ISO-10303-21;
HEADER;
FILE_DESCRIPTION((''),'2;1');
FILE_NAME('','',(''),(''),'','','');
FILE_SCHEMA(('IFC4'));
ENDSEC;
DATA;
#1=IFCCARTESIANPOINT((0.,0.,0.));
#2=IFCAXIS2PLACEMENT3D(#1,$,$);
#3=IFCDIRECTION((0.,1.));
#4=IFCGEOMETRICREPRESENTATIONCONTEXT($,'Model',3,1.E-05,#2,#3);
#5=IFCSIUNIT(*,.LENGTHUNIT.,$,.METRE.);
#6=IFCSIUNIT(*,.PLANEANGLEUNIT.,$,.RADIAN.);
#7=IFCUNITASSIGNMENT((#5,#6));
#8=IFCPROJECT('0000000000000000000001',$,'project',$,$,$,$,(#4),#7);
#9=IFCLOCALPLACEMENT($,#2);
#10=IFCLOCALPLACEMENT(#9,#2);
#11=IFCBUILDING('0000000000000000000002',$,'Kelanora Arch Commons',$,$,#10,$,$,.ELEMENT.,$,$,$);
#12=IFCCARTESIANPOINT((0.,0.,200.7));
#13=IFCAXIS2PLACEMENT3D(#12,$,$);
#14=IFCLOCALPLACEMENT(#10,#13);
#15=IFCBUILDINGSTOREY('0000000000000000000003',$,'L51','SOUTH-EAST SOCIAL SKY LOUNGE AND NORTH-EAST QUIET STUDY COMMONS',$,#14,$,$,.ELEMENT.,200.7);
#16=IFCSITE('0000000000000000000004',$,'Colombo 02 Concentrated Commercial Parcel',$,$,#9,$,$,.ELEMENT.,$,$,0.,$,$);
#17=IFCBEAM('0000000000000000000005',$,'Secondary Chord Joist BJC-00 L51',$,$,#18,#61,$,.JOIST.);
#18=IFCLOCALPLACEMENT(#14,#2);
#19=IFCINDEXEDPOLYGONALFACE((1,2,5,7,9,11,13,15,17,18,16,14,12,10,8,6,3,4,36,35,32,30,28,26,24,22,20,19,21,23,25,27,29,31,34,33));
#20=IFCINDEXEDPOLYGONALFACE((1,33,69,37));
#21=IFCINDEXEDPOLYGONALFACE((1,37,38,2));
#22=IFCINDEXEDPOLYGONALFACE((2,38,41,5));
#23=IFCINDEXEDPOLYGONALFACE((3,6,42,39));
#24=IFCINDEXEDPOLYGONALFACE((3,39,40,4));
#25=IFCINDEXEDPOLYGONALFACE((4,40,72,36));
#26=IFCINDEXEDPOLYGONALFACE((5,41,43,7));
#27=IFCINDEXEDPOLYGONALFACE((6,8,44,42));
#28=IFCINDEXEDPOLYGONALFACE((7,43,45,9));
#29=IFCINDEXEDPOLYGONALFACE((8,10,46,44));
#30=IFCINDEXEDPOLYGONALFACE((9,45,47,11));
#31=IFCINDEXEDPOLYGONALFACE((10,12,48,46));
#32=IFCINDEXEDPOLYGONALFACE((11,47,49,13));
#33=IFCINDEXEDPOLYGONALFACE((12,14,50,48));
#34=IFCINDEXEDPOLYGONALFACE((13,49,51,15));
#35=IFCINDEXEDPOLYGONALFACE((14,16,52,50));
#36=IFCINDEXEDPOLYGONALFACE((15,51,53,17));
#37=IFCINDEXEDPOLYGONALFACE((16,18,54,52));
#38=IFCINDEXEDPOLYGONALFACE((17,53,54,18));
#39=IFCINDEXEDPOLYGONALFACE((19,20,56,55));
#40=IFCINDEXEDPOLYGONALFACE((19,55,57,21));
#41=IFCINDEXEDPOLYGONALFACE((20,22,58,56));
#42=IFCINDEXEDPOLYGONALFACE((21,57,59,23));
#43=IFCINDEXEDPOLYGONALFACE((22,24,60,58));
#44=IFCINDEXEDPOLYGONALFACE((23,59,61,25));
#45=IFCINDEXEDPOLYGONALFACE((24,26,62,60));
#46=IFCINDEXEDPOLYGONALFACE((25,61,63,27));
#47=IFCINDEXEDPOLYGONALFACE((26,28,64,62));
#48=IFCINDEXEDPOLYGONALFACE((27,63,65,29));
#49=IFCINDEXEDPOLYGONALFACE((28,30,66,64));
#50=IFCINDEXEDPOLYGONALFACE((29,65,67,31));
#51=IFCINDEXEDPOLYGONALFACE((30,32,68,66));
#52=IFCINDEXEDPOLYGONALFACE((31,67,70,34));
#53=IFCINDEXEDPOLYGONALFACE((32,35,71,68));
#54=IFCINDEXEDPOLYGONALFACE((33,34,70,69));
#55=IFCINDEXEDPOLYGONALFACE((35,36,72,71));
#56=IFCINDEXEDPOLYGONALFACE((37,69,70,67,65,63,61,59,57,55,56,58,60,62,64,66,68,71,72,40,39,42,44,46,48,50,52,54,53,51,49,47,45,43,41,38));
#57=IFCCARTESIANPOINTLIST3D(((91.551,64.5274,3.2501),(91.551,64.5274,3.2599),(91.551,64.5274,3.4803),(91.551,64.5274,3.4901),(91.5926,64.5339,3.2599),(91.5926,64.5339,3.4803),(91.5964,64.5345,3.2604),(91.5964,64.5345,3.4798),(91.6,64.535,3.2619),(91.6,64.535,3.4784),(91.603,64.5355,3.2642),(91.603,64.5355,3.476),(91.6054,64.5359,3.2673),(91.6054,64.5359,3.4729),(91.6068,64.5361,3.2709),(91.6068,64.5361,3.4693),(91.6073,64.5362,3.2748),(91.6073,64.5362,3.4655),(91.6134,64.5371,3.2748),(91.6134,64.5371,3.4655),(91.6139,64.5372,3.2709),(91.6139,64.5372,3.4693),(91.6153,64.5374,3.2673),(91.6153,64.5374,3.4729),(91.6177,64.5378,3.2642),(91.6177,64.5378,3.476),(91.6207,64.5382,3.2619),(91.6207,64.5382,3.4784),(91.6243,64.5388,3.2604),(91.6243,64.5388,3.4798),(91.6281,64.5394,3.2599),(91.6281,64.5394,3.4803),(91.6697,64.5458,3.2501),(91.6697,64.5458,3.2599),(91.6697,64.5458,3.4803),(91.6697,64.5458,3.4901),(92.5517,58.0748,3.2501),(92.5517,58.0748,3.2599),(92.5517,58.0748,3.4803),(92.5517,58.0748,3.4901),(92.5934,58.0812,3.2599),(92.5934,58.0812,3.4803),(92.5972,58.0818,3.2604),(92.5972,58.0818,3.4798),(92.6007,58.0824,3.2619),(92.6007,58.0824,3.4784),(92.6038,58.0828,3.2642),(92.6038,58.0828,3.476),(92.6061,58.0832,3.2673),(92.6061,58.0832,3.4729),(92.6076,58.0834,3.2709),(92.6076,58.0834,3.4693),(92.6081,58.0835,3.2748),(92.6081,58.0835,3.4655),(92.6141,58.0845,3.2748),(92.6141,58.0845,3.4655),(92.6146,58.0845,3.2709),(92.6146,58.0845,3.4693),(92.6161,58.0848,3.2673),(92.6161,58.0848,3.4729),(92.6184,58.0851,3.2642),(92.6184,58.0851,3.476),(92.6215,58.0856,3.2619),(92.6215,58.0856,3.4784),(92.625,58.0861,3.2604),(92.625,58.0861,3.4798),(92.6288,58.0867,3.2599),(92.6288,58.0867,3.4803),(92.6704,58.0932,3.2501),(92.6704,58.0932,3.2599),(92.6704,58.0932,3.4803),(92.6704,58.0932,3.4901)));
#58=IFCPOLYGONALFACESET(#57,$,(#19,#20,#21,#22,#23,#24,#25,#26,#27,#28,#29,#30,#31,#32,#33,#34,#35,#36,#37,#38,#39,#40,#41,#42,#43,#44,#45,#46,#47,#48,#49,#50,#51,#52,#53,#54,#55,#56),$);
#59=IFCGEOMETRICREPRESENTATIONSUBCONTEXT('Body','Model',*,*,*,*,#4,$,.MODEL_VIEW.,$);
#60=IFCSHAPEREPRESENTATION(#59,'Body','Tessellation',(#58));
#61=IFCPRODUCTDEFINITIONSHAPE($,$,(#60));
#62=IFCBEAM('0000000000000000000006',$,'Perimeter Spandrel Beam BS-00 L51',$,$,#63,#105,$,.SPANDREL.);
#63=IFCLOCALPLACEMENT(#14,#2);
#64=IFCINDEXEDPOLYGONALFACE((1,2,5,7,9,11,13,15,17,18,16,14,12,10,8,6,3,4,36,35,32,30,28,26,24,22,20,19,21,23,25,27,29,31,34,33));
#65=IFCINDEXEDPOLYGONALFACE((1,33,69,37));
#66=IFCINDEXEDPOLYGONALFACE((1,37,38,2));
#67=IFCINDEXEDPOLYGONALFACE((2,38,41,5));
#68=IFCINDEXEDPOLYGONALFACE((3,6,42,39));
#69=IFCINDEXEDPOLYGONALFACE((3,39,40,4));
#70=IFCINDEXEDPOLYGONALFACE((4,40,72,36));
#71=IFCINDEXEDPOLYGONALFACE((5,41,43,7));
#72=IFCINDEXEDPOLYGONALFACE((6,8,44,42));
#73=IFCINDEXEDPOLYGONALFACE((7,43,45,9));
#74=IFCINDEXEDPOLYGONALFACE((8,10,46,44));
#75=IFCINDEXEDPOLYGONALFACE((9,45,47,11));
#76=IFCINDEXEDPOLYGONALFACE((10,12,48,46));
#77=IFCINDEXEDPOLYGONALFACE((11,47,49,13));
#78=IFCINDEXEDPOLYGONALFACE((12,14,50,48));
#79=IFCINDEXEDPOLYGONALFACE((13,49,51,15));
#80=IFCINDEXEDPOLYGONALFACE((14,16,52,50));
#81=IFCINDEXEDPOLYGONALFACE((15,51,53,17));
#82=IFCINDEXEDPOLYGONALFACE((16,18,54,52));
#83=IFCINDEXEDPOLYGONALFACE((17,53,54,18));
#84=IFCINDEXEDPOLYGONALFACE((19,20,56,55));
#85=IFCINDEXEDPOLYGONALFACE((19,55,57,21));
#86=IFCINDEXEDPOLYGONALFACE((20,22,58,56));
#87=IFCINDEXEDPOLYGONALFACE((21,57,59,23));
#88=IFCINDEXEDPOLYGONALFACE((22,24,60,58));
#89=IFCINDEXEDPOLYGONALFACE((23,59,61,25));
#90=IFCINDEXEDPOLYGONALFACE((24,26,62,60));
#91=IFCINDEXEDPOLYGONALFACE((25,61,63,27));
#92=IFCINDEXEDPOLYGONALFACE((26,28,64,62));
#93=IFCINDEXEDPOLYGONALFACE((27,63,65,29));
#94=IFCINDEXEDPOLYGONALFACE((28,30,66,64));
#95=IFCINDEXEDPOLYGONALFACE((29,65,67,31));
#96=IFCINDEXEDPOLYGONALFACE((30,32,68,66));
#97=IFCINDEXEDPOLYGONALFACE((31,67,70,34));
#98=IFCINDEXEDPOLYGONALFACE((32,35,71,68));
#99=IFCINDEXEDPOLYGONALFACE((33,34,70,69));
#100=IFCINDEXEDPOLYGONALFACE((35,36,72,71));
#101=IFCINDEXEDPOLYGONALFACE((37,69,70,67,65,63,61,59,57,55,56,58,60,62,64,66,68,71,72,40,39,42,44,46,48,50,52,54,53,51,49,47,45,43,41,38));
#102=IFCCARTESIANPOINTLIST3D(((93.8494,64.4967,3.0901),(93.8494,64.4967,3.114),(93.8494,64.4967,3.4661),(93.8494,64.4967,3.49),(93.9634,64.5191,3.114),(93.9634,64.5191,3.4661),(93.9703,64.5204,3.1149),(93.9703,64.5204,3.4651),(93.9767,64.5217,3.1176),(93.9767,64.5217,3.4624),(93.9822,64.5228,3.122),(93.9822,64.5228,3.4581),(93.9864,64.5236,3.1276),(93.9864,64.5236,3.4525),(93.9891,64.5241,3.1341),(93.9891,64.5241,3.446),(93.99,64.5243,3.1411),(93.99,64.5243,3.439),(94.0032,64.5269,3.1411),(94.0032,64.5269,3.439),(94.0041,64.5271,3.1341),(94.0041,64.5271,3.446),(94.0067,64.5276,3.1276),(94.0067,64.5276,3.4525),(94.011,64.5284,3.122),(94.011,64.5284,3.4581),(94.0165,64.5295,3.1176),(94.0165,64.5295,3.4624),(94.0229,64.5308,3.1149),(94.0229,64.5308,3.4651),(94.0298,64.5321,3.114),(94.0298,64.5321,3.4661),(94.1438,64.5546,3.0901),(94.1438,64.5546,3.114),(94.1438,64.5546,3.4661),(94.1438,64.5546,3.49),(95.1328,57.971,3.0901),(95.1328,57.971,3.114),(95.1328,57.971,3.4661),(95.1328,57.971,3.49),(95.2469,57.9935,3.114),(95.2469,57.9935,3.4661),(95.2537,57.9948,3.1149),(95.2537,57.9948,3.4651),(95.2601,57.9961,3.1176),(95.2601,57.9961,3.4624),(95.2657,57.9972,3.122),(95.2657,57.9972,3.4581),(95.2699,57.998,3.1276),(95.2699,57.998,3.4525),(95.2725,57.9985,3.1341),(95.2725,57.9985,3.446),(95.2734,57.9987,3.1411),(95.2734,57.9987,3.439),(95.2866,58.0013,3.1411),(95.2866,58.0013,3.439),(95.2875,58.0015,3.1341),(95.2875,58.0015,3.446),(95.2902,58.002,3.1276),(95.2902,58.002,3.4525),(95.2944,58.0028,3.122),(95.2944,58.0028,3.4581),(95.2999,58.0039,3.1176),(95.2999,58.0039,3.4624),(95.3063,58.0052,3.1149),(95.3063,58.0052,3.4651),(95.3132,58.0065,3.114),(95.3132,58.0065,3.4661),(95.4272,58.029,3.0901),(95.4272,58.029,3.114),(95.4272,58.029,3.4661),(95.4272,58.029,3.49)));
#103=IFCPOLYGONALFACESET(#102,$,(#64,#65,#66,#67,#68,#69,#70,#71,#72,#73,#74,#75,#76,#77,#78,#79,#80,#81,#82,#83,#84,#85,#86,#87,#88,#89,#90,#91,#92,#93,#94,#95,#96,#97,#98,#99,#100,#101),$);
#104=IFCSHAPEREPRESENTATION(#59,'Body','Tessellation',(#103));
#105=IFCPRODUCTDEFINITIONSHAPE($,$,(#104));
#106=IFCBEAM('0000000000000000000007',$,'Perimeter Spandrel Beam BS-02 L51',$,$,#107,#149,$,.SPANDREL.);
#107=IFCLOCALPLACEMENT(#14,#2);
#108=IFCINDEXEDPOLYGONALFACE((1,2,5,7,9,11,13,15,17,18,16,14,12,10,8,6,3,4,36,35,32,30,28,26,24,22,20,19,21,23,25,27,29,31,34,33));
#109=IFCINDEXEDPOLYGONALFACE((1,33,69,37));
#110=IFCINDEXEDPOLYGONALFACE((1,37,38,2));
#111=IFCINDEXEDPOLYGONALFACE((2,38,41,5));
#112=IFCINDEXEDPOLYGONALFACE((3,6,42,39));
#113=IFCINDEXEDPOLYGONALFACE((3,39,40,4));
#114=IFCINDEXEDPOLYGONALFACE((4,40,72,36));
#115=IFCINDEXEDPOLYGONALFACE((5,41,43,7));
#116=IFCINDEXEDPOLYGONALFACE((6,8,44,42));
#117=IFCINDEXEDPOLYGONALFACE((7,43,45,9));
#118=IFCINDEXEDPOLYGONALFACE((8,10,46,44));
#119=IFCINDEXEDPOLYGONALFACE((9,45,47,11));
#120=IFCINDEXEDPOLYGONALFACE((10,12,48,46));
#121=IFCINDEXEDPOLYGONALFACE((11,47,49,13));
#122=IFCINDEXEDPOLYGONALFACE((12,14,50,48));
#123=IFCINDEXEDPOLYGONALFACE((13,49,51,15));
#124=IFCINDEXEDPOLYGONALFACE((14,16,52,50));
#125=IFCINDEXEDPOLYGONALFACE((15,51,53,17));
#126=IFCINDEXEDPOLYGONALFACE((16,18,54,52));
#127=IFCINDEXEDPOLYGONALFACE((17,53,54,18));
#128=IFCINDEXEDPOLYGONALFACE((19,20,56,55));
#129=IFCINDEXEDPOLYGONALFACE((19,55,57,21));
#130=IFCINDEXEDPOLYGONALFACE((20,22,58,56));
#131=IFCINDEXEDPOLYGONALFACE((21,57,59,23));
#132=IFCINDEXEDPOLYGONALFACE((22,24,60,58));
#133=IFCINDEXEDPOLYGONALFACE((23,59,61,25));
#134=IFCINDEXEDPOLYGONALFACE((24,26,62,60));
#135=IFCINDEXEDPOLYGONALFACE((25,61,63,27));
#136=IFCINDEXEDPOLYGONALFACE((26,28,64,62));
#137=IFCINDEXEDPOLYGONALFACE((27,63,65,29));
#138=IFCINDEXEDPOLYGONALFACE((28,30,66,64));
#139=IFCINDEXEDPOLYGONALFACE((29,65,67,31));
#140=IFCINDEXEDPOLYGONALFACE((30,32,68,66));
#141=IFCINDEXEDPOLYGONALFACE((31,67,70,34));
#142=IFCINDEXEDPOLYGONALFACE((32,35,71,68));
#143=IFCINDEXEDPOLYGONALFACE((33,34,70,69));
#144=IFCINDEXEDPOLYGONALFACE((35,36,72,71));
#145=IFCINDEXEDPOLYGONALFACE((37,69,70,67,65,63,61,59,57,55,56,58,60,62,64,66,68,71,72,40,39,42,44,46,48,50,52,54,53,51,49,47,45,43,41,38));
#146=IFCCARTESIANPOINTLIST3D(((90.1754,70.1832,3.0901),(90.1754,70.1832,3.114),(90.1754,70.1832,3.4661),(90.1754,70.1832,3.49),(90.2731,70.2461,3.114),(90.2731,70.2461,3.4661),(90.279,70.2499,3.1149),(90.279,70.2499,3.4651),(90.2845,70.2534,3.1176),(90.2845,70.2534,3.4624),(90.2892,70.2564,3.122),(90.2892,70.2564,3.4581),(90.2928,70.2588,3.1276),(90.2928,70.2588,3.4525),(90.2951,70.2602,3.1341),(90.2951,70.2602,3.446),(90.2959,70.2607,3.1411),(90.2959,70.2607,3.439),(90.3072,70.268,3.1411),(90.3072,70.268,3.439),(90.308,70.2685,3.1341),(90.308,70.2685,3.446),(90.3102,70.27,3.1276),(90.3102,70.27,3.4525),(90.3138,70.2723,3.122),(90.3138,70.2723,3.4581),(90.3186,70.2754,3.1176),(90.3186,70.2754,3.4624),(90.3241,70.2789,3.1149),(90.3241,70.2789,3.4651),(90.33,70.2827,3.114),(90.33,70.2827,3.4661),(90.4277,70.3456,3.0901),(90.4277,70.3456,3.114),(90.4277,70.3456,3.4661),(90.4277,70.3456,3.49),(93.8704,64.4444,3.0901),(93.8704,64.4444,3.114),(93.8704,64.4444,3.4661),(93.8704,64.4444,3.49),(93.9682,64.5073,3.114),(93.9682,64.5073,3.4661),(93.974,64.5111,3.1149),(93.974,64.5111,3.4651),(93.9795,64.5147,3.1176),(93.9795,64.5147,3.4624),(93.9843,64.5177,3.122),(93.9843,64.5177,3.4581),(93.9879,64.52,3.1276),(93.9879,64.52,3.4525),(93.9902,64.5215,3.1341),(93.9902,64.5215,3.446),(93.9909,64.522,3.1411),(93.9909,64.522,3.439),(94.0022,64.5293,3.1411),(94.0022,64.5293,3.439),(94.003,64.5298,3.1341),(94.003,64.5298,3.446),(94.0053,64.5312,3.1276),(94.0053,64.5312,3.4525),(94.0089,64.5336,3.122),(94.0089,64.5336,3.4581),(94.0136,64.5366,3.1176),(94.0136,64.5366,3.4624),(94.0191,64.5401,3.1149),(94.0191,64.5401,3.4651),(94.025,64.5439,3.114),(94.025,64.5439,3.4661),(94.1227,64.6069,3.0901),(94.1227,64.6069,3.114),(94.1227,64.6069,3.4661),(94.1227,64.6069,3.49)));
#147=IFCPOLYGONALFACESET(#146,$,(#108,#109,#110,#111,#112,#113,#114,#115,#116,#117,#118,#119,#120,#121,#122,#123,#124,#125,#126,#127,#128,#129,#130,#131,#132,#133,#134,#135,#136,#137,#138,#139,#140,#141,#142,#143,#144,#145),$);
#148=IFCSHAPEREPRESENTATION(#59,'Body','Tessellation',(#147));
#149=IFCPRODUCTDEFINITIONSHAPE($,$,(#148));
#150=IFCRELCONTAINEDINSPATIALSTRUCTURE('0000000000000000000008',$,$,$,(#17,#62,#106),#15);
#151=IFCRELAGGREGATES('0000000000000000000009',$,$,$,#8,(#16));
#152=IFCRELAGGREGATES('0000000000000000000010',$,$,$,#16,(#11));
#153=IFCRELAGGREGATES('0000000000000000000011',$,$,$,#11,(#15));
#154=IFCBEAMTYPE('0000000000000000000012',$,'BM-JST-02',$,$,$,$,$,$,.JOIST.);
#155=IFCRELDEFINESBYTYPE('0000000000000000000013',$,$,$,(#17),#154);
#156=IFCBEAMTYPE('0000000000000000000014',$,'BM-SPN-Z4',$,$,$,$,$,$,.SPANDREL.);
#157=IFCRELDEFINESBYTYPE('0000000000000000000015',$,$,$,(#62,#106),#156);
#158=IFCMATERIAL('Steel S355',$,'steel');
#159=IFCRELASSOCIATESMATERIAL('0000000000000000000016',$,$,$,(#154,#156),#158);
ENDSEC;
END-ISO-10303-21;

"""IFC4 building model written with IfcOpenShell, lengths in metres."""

from ifc_helpers import new_model, si_unit, direction, frame, origin, origin_2d, place, context, subcontext, project, spatial, i_section, extrude, material, material_profile, profile_set, type_object, element, save


model = new_model("IFC4")

# Units and contexts
model_context = context("Model", 3, precision=1e-05, world=origin(), true_north=direction((0.0, 1.0)))
body_context = subcontext(model_context, "Body", "Model", "MODEL_VIEW")
ifc_project = project(units=[si_unit("LENGTHUNIT", "METRE"), si_unit("PLANEANGLEUNIT", "RADIAN")], contexts=[model_context])

# Site, building, storey
site_placement = place(None, origin())
site = spatial("IfcSite", under=ifc_project, at=site_placement, Name="Colombo 02 Concentrated Commercial Parcel", CompositionType="ELEMENT", RefElevation=0.0)
building_placement = place(site_placement, origin())
building = spatial("IfcBuilding", under=site, at=building_placement, Name="Kelanora Arch Commons", CompositionType="ELEMENT")
storey_placement = place(building_placement, frame((0.0, 0.0, 200.7)))
storey = spatial("IfcBuildingStorey", under=building, at=storey_placement, Name="L51", Description="SOUTH-EAST SOCIAL SKY LOUNGE AND NORTH-EAST QUIET STUDY COMMONS", CompositionType="ELEMENT", Elevation=200.7)

# Beams
ifc_material_1 = material(Name="Steel S355", Category="steel")
ifc_material_profile_1 = material_profile(ifc_material_1, i_section(OverallWidth=0.1201, OverallDepth=0.24, WebThickness=0.0061, FlangeThickness=0.0098, FilletRadius=0.0149, at=origin_2d()), Name="IPE240")
ifc_profile_set_1 = profile_set([ifc_material_profile_1], Name="Steel S355")
beam_type_1 = type_object("IfcBeamType", Name="BM-JST-02", PredefinedType="JOIST", material=ifc_profile_set_1)
beam_1_placement = place(storey_placement, frame((92.6111, 58.084, 3.3701), z_axis=(-0.153257, 0.988186, 0.0), x_axis=(-0.988186, -0.153257, 0.0)))
element("IfcBeam", 1, at=beam_1_placement, inside=storey, type_object=beam_type_1, Name="Secondary Chord Joist BJC-00 L51", PredefinedType="JOIST", context=body_context, shape_type="SweptSolid", body=[
    extrude(i_section(OverallWidth=0.1201, OverallDepth=0.24, WebThickness=0.0061, FlangeThickness=0.0098, FilletRadius=0.0149, at=origin_2d()), origin(), (0.0, 0.0, 1.0), 6.5298),
])
ifc_material_profile_2 = material_profile(ifc_material_1, i_section(OverallWidth=0.3, OverallDepth=0.3999, WebThickness=0.0134, FlangeThickness=0.0239, FilletRadius=0.0271, at=origin_2d()), Name="HEB400")
ifc_profile_set_2 = profile_set([ifc_material_profile_2], Name="Steel S355")
beam_type_2 = type_object("IfcBeamType", Name="BM-SPN-Z4", PredefinedType="SPANDREL", material=ifc_profile_set_2)
beam_2_placement = place(storey_placement, frame((95.28, 58.0, 3.29), z_axis=(-0.192981, 0.981203, 0.0), x_axis=(-0.981203, -0.192981, 0.0)))
element("IfcBeam", 2, at=beam_2_placement, inside=storey, type_object=beam_type_2, Name="Perimeter Spandrel Beam BS-00 L51", PredefinedType="SPANDREL", context=body_context, shape_type="SweptSolid", body=[
    extrude(i_section(OverallWidth=0.3, OverallDepth=0.3999, WebThickness=0.0134, FlangeThickness=0.0239, FilletRadius=0.0271, at=origin_2d()), origin(), (0.0, 0.0, 1.0), 6.6506),
])
beam_3_placement = place(storey_placement, frame((93.9966, 64.5256, 3.29), z_axis=(-0.541365, 0.840788, 0.0), x_axis=(-0.840788, -0.541365, 0.0)))
element("IfcBeam", 3, at=beam_3_placement, inside=storey, type_object=beam_type_2, Name="Perimeter Spandrel Beam BS-02 L51", PredefinedType="SPANDREL", context=body_context, shape_type="SweptSolid", body=[
    extrude(i_section(OverallWidth=0.3, OverallDepth=0.3999, WebThickness=0.0134, FlangeThickness=0.0239, FilletRadius=0.0271, at=origin_2d()), origin(), (0.0, 0.0, 1.0), 6.8254),
])

save(model, "model.ifc")
